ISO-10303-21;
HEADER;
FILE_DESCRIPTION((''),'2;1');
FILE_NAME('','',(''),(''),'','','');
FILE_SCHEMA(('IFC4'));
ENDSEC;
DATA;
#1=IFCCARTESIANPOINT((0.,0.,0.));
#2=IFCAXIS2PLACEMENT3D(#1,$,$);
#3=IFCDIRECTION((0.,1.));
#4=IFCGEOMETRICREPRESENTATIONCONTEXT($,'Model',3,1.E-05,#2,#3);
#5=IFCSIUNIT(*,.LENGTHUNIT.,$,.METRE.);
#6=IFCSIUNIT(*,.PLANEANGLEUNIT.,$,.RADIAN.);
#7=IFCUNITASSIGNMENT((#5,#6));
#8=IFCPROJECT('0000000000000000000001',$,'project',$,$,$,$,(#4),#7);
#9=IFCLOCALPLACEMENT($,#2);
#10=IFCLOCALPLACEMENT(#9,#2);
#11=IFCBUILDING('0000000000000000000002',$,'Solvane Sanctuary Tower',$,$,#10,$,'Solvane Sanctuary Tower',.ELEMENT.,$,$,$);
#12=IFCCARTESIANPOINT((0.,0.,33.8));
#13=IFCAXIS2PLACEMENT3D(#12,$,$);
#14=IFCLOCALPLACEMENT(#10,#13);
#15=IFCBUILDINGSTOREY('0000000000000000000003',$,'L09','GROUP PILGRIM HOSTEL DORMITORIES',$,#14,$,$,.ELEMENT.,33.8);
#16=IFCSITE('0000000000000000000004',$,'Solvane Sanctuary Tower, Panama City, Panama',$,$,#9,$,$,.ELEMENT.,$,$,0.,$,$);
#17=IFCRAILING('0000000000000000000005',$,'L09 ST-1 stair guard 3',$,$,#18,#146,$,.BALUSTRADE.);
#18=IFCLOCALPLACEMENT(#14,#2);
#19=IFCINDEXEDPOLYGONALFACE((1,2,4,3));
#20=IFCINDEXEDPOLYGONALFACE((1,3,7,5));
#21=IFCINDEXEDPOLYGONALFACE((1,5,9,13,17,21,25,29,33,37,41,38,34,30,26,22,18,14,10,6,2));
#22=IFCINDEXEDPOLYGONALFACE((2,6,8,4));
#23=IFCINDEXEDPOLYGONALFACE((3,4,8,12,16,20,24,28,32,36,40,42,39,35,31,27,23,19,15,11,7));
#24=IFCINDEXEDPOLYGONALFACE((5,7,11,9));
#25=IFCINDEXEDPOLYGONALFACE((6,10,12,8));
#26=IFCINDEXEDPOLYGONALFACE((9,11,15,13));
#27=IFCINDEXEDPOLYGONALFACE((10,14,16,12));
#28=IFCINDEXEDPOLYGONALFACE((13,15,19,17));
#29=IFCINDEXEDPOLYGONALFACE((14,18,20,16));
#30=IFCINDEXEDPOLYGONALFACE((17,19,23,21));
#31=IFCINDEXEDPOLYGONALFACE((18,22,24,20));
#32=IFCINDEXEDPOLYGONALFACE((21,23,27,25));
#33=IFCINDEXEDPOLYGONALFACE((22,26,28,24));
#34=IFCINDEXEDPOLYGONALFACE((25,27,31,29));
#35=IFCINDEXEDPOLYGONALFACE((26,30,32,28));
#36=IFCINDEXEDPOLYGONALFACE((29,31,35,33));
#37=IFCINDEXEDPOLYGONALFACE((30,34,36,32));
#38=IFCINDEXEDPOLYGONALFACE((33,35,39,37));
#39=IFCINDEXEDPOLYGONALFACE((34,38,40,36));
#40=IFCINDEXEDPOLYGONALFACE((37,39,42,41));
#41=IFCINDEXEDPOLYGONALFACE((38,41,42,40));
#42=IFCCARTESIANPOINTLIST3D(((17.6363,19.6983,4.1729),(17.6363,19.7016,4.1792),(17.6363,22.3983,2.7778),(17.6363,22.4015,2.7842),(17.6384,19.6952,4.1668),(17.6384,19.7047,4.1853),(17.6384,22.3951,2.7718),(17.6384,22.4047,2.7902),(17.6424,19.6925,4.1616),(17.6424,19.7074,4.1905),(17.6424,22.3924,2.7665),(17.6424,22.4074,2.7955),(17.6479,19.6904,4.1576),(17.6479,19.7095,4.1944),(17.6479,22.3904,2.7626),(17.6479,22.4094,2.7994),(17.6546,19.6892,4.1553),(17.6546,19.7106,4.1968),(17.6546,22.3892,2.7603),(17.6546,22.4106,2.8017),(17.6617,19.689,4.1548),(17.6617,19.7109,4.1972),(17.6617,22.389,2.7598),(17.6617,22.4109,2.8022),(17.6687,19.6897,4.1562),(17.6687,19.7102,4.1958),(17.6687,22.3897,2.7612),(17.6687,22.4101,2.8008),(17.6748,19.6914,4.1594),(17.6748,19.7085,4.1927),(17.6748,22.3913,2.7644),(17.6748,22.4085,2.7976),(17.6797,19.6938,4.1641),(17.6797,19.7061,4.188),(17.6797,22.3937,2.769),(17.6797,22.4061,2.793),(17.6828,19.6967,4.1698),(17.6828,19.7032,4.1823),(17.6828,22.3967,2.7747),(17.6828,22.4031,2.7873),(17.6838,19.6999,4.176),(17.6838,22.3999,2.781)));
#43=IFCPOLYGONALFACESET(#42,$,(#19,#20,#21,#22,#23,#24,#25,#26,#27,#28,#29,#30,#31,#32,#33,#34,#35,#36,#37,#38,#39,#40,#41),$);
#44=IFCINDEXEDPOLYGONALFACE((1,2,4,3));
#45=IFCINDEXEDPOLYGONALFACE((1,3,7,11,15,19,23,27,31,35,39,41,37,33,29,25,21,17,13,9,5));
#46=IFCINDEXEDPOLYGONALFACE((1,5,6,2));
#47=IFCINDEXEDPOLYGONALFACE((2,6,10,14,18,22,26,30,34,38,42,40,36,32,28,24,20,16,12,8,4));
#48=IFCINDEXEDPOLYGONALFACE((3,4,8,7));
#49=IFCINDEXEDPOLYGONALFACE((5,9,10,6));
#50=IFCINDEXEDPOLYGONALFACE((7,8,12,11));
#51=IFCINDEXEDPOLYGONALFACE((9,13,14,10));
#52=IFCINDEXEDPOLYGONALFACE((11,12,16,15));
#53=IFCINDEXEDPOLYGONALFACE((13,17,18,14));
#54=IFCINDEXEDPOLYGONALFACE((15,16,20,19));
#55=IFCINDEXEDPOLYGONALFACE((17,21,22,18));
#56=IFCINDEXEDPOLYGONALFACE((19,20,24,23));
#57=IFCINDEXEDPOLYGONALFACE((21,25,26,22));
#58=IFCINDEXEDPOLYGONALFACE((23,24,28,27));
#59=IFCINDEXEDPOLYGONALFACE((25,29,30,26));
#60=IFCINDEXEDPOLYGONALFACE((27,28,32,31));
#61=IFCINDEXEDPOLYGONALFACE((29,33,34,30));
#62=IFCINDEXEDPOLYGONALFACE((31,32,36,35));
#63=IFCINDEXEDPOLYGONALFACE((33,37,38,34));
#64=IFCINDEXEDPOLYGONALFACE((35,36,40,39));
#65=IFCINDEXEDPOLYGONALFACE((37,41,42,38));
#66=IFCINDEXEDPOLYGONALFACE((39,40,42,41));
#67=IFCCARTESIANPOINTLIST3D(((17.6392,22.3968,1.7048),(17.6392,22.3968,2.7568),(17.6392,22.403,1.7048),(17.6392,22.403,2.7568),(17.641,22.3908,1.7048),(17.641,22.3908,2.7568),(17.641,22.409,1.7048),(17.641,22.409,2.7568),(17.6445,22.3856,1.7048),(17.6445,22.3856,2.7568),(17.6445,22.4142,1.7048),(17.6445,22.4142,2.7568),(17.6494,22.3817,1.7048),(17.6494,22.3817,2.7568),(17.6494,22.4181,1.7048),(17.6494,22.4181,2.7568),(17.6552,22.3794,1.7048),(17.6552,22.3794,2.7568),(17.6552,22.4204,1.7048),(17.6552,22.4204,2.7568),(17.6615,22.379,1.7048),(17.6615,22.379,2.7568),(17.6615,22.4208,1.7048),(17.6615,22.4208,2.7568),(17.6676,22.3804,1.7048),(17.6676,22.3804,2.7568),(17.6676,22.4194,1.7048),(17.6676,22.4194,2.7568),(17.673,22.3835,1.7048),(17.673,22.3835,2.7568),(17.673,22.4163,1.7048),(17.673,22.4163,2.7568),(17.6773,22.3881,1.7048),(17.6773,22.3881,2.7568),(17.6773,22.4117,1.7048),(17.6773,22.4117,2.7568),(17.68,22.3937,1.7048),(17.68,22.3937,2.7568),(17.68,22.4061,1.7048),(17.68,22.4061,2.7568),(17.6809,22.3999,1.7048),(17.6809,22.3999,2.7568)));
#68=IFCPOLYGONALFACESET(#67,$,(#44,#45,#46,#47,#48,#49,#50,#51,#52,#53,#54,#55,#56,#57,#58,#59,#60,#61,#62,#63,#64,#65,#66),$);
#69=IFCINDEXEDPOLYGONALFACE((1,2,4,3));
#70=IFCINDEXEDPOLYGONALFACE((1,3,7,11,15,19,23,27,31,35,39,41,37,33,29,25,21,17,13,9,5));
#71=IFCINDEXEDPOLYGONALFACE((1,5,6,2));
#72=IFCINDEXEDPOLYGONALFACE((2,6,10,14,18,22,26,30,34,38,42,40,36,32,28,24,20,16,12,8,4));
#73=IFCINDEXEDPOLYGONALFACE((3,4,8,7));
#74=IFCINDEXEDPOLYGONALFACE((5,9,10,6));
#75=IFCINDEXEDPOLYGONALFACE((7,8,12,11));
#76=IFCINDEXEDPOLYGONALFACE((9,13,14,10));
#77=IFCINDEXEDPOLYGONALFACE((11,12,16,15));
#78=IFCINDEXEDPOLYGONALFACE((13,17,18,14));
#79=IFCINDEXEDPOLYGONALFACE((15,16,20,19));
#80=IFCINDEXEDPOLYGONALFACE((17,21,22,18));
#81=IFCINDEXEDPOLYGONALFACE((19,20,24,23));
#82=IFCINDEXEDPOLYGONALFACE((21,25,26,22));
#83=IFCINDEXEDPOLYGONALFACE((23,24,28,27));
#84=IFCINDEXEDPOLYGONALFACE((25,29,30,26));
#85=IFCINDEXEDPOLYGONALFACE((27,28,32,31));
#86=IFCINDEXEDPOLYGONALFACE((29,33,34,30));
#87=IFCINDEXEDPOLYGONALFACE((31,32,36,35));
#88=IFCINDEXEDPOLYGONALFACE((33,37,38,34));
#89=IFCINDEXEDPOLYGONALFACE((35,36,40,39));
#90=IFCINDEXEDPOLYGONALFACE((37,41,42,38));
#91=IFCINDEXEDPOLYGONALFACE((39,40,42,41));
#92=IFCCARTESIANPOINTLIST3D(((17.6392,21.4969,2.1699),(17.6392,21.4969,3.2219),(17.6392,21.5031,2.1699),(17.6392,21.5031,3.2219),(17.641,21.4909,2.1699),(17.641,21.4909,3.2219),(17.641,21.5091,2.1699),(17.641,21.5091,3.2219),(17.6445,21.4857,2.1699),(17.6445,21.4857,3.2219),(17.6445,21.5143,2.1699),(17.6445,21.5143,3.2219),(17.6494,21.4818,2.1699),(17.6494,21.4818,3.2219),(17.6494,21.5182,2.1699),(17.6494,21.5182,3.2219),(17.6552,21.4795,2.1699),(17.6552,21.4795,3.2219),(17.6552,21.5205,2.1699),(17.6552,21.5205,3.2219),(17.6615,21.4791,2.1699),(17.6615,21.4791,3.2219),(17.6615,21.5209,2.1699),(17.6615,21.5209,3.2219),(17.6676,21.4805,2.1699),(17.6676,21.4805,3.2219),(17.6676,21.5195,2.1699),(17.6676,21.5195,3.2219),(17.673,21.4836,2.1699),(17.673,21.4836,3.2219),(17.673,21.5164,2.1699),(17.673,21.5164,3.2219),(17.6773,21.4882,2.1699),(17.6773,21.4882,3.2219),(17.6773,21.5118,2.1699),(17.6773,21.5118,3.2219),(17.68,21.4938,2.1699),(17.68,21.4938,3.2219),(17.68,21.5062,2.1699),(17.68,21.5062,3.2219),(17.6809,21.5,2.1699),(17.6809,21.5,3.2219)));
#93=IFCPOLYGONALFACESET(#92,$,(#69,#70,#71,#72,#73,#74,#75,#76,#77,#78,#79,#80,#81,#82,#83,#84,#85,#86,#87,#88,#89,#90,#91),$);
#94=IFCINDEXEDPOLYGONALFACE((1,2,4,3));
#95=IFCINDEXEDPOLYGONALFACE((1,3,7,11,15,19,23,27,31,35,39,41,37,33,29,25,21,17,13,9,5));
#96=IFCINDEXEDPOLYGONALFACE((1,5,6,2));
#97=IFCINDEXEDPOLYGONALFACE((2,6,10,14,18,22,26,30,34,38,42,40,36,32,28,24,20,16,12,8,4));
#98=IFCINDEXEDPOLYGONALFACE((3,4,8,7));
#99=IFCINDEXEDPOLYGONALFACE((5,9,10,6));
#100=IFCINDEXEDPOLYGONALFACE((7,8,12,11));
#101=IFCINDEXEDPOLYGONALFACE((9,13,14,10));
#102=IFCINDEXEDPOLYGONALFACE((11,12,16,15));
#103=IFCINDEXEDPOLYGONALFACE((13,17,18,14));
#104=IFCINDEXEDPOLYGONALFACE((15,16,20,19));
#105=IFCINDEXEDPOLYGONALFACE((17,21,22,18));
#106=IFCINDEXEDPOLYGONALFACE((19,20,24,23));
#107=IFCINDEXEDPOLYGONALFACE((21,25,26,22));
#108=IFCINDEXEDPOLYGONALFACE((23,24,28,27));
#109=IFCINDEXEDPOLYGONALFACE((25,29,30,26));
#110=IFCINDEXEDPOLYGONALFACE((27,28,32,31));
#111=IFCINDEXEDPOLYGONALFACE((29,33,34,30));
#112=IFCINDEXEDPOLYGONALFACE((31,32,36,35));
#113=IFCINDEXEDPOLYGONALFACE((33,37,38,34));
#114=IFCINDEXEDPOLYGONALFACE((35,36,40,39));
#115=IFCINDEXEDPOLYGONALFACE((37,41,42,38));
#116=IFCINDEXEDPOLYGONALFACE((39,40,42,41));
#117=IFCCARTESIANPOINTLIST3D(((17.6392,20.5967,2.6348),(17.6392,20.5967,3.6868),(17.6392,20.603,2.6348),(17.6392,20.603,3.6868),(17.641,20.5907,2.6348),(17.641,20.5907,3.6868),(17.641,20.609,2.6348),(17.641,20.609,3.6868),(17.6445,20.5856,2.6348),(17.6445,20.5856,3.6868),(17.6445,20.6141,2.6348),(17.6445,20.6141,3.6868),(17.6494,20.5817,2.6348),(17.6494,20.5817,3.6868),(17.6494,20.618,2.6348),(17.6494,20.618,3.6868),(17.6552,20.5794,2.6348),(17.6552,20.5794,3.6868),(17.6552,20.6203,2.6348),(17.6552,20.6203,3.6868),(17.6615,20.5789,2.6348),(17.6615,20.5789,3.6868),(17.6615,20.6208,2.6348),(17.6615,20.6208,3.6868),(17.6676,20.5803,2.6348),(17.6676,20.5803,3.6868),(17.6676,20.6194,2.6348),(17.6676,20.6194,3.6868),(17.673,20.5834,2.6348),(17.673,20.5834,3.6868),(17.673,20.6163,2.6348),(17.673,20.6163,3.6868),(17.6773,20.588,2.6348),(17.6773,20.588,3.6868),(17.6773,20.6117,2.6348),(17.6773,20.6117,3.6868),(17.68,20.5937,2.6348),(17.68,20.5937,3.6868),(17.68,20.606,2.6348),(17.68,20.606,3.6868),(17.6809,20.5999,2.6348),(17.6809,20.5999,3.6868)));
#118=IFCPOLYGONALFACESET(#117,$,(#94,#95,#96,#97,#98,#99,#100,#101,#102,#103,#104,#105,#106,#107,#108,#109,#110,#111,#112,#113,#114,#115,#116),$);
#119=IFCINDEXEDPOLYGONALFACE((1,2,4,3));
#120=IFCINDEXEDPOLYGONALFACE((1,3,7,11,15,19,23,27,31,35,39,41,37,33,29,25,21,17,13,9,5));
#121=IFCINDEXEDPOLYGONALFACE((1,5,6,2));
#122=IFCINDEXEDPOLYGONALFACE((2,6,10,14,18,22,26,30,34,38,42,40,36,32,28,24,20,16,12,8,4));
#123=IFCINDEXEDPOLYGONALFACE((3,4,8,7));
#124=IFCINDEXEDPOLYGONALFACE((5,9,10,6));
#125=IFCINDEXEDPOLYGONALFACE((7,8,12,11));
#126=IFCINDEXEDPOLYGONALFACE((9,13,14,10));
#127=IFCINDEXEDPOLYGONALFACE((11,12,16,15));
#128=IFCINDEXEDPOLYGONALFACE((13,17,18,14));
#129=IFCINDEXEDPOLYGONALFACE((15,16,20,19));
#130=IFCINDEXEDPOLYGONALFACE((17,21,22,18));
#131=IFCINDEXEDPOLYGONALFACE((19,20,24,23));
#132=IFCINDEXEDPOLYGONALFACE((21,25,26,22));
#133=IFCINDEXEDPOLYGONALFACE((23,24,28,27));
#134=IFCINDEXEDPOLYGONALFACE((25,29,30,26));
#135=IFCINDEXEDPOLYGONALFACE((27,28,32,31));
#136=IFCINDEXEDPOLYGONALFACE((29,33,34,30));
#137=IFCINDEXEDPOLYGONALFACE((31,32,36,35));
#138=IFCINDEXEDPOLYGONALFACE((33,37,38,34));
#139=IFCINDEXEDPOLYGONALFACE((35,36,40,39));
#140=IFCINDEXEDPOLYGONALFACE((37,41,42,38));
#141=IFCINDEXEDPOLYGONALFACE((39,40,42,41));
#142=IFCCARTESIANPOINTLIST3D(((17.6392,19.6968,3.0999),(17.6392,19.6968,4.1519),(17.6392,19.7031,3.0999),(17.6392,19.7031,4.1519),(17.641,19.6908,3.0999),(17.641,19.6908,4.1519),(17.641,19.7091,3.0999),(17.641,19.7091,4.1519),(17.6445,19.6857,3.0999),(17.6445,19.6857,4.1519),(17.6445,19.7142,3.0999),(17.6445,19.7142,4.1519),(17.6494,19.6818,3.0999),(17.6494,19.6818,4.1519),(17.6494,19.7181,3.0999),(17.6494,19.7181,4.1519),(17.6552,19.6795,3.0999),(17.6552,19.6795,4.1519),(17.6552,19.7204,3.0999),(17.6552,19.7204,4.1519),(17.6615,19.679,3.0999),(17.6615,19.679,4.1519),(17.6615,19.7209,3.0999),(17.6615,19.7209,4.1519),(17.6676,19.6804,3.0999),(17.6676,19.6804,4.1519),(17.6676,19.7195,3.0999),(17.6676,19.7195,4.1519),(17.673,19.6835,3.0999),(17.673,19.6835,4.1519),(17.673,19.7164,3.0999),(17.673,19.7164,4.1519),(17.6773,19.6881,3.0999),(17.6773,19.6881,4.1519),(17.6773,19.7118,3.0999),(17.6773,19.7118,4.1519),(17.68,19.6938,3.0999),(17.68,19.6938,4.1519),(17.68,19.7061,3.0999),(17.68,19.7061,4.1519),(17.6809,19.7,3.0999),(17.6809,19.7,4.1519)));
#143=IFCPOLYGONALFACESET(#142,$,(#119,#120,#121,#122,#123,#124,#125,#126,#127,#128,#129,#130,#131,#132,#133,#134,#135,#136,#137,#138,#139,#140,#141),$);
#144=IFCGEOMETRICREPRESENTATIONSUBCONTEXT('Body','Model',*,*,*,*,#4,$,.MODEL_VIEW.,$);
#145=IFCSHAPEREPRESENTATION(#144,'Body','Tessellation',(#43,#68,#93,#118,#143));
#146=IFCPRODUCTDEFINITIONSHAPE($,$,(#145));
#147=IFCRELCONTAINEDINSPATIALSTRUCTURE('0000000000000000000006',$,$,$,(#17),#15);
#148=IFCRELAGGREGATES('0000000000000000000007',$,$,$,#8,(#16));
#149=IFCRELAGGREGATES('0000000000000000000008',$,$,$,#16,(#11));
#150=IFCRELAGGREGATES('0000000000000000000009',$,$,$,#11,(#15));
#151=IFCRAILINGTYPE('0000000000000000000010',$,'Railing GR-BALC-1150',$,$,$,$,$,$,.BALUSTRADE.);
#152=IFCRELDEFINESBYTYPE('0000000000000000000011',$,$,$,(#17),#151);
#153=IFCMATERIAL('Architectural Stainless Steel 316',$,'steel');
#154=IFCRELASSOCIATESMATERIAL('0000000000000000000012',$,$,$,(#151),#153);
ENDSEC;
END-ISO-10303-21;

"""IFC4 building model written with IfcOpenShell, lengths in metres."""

from ifc_helpers import new_model, si_unit, direction, frame, origin, origin_2d, place, context, subcontext, project, spatial, circle, extrude, material, type_object, element, save


model = new_model("IFC4")

# Units and contexts
model_context = context("Model", 3, precision=1e-05, world=origin(), true_north=direction((0.0, 1.0)))
body_context = subcontext(model_context, "Body", "Model", "MODEL_VIEW")
ifc_project = project(units=[si_unit("LENGTHUNIT", "METRE"), si_unit("PLANEANGLEUNIT", "RADIAN")], contexts=[model_context])

# Site, building, storey
site_placement = place(None, origin())
site = spatial("IfcSite", under=ifc_project, at=site_placement, Name="Solvane Sanctuary Tower, Panama City, Panama", CompositionType="ELEMENT", RefElevation=0.0)
building_placement = place(site_placement, origin())
building = spatial("IfcBuilding", under=site, at=building_placement, Name="Solvane Sanctuary Tower", LongName="Solvane Sanctuary Tower", CompositionType="ELEMENT")
storey_placement = place(building_placement, frame((0.0, 0.0, 33.8)))
storey = spatial("IfcBuildingStorey", under=building, at=storey_placement, Name="L09", Description="GROUP PILGRIM HOSTEL DORMITORIES", CompositionType="ELEMENT", Elevation=33.8)

# Railing
ifc_material_1 = material(Name="Architectural Stainless Steel 316", Category="steel")
railing_type_1 = type_object("IfcRailingType", Name="Railing GR-BALC-1150", PredefinedType="BALUSTRADE", material=ifc_material_1)
railing_1_placement = place(storey_placement, frame((17.6599, 22.3999, 1.7048)))
element("IfcRailing", 1, at=railing_1_placement, inside=storey, type_object=railing_type_1, Name="L09 ST-1 stair guard 3", PredefinedType="BALUSTRADE", context=body_context, shape_type="SweptSolid", body=[
    extrude(circle(Radius=0.0239, at=origin_2d()), frame((0.0, 0.0, 1.0762), z_axis=(0.0, -0.88842, 0.459032), x_axis=(1.0, 0.0, 0.0)), (0.0, 0.0, 1.0), 3.0391),
    extrude(circle(Radius=0.021, at=origin_2d()), origin(), (0.0, 0.0, 1.0), 1.052),
    extrude(circle(Radius=0.021, at=origin_2d()), frame((0.0, -0.8999, 0.4651)), (0.0, 0.0, 1.0), 1.052),
    extrude(circle(Radius=0.021, at=origin_2d()), frame((0.0, -1.8, 0.9299)), (0.0, 0.0, 1.0), 1.052),
    extrude(circle(Radius=0.021, at=origin_2d()), frame((0.0, -2.7, 1.395)), (0.0, 0.0, 1.0), 1.052),
])

save(model, "model.ifc")
